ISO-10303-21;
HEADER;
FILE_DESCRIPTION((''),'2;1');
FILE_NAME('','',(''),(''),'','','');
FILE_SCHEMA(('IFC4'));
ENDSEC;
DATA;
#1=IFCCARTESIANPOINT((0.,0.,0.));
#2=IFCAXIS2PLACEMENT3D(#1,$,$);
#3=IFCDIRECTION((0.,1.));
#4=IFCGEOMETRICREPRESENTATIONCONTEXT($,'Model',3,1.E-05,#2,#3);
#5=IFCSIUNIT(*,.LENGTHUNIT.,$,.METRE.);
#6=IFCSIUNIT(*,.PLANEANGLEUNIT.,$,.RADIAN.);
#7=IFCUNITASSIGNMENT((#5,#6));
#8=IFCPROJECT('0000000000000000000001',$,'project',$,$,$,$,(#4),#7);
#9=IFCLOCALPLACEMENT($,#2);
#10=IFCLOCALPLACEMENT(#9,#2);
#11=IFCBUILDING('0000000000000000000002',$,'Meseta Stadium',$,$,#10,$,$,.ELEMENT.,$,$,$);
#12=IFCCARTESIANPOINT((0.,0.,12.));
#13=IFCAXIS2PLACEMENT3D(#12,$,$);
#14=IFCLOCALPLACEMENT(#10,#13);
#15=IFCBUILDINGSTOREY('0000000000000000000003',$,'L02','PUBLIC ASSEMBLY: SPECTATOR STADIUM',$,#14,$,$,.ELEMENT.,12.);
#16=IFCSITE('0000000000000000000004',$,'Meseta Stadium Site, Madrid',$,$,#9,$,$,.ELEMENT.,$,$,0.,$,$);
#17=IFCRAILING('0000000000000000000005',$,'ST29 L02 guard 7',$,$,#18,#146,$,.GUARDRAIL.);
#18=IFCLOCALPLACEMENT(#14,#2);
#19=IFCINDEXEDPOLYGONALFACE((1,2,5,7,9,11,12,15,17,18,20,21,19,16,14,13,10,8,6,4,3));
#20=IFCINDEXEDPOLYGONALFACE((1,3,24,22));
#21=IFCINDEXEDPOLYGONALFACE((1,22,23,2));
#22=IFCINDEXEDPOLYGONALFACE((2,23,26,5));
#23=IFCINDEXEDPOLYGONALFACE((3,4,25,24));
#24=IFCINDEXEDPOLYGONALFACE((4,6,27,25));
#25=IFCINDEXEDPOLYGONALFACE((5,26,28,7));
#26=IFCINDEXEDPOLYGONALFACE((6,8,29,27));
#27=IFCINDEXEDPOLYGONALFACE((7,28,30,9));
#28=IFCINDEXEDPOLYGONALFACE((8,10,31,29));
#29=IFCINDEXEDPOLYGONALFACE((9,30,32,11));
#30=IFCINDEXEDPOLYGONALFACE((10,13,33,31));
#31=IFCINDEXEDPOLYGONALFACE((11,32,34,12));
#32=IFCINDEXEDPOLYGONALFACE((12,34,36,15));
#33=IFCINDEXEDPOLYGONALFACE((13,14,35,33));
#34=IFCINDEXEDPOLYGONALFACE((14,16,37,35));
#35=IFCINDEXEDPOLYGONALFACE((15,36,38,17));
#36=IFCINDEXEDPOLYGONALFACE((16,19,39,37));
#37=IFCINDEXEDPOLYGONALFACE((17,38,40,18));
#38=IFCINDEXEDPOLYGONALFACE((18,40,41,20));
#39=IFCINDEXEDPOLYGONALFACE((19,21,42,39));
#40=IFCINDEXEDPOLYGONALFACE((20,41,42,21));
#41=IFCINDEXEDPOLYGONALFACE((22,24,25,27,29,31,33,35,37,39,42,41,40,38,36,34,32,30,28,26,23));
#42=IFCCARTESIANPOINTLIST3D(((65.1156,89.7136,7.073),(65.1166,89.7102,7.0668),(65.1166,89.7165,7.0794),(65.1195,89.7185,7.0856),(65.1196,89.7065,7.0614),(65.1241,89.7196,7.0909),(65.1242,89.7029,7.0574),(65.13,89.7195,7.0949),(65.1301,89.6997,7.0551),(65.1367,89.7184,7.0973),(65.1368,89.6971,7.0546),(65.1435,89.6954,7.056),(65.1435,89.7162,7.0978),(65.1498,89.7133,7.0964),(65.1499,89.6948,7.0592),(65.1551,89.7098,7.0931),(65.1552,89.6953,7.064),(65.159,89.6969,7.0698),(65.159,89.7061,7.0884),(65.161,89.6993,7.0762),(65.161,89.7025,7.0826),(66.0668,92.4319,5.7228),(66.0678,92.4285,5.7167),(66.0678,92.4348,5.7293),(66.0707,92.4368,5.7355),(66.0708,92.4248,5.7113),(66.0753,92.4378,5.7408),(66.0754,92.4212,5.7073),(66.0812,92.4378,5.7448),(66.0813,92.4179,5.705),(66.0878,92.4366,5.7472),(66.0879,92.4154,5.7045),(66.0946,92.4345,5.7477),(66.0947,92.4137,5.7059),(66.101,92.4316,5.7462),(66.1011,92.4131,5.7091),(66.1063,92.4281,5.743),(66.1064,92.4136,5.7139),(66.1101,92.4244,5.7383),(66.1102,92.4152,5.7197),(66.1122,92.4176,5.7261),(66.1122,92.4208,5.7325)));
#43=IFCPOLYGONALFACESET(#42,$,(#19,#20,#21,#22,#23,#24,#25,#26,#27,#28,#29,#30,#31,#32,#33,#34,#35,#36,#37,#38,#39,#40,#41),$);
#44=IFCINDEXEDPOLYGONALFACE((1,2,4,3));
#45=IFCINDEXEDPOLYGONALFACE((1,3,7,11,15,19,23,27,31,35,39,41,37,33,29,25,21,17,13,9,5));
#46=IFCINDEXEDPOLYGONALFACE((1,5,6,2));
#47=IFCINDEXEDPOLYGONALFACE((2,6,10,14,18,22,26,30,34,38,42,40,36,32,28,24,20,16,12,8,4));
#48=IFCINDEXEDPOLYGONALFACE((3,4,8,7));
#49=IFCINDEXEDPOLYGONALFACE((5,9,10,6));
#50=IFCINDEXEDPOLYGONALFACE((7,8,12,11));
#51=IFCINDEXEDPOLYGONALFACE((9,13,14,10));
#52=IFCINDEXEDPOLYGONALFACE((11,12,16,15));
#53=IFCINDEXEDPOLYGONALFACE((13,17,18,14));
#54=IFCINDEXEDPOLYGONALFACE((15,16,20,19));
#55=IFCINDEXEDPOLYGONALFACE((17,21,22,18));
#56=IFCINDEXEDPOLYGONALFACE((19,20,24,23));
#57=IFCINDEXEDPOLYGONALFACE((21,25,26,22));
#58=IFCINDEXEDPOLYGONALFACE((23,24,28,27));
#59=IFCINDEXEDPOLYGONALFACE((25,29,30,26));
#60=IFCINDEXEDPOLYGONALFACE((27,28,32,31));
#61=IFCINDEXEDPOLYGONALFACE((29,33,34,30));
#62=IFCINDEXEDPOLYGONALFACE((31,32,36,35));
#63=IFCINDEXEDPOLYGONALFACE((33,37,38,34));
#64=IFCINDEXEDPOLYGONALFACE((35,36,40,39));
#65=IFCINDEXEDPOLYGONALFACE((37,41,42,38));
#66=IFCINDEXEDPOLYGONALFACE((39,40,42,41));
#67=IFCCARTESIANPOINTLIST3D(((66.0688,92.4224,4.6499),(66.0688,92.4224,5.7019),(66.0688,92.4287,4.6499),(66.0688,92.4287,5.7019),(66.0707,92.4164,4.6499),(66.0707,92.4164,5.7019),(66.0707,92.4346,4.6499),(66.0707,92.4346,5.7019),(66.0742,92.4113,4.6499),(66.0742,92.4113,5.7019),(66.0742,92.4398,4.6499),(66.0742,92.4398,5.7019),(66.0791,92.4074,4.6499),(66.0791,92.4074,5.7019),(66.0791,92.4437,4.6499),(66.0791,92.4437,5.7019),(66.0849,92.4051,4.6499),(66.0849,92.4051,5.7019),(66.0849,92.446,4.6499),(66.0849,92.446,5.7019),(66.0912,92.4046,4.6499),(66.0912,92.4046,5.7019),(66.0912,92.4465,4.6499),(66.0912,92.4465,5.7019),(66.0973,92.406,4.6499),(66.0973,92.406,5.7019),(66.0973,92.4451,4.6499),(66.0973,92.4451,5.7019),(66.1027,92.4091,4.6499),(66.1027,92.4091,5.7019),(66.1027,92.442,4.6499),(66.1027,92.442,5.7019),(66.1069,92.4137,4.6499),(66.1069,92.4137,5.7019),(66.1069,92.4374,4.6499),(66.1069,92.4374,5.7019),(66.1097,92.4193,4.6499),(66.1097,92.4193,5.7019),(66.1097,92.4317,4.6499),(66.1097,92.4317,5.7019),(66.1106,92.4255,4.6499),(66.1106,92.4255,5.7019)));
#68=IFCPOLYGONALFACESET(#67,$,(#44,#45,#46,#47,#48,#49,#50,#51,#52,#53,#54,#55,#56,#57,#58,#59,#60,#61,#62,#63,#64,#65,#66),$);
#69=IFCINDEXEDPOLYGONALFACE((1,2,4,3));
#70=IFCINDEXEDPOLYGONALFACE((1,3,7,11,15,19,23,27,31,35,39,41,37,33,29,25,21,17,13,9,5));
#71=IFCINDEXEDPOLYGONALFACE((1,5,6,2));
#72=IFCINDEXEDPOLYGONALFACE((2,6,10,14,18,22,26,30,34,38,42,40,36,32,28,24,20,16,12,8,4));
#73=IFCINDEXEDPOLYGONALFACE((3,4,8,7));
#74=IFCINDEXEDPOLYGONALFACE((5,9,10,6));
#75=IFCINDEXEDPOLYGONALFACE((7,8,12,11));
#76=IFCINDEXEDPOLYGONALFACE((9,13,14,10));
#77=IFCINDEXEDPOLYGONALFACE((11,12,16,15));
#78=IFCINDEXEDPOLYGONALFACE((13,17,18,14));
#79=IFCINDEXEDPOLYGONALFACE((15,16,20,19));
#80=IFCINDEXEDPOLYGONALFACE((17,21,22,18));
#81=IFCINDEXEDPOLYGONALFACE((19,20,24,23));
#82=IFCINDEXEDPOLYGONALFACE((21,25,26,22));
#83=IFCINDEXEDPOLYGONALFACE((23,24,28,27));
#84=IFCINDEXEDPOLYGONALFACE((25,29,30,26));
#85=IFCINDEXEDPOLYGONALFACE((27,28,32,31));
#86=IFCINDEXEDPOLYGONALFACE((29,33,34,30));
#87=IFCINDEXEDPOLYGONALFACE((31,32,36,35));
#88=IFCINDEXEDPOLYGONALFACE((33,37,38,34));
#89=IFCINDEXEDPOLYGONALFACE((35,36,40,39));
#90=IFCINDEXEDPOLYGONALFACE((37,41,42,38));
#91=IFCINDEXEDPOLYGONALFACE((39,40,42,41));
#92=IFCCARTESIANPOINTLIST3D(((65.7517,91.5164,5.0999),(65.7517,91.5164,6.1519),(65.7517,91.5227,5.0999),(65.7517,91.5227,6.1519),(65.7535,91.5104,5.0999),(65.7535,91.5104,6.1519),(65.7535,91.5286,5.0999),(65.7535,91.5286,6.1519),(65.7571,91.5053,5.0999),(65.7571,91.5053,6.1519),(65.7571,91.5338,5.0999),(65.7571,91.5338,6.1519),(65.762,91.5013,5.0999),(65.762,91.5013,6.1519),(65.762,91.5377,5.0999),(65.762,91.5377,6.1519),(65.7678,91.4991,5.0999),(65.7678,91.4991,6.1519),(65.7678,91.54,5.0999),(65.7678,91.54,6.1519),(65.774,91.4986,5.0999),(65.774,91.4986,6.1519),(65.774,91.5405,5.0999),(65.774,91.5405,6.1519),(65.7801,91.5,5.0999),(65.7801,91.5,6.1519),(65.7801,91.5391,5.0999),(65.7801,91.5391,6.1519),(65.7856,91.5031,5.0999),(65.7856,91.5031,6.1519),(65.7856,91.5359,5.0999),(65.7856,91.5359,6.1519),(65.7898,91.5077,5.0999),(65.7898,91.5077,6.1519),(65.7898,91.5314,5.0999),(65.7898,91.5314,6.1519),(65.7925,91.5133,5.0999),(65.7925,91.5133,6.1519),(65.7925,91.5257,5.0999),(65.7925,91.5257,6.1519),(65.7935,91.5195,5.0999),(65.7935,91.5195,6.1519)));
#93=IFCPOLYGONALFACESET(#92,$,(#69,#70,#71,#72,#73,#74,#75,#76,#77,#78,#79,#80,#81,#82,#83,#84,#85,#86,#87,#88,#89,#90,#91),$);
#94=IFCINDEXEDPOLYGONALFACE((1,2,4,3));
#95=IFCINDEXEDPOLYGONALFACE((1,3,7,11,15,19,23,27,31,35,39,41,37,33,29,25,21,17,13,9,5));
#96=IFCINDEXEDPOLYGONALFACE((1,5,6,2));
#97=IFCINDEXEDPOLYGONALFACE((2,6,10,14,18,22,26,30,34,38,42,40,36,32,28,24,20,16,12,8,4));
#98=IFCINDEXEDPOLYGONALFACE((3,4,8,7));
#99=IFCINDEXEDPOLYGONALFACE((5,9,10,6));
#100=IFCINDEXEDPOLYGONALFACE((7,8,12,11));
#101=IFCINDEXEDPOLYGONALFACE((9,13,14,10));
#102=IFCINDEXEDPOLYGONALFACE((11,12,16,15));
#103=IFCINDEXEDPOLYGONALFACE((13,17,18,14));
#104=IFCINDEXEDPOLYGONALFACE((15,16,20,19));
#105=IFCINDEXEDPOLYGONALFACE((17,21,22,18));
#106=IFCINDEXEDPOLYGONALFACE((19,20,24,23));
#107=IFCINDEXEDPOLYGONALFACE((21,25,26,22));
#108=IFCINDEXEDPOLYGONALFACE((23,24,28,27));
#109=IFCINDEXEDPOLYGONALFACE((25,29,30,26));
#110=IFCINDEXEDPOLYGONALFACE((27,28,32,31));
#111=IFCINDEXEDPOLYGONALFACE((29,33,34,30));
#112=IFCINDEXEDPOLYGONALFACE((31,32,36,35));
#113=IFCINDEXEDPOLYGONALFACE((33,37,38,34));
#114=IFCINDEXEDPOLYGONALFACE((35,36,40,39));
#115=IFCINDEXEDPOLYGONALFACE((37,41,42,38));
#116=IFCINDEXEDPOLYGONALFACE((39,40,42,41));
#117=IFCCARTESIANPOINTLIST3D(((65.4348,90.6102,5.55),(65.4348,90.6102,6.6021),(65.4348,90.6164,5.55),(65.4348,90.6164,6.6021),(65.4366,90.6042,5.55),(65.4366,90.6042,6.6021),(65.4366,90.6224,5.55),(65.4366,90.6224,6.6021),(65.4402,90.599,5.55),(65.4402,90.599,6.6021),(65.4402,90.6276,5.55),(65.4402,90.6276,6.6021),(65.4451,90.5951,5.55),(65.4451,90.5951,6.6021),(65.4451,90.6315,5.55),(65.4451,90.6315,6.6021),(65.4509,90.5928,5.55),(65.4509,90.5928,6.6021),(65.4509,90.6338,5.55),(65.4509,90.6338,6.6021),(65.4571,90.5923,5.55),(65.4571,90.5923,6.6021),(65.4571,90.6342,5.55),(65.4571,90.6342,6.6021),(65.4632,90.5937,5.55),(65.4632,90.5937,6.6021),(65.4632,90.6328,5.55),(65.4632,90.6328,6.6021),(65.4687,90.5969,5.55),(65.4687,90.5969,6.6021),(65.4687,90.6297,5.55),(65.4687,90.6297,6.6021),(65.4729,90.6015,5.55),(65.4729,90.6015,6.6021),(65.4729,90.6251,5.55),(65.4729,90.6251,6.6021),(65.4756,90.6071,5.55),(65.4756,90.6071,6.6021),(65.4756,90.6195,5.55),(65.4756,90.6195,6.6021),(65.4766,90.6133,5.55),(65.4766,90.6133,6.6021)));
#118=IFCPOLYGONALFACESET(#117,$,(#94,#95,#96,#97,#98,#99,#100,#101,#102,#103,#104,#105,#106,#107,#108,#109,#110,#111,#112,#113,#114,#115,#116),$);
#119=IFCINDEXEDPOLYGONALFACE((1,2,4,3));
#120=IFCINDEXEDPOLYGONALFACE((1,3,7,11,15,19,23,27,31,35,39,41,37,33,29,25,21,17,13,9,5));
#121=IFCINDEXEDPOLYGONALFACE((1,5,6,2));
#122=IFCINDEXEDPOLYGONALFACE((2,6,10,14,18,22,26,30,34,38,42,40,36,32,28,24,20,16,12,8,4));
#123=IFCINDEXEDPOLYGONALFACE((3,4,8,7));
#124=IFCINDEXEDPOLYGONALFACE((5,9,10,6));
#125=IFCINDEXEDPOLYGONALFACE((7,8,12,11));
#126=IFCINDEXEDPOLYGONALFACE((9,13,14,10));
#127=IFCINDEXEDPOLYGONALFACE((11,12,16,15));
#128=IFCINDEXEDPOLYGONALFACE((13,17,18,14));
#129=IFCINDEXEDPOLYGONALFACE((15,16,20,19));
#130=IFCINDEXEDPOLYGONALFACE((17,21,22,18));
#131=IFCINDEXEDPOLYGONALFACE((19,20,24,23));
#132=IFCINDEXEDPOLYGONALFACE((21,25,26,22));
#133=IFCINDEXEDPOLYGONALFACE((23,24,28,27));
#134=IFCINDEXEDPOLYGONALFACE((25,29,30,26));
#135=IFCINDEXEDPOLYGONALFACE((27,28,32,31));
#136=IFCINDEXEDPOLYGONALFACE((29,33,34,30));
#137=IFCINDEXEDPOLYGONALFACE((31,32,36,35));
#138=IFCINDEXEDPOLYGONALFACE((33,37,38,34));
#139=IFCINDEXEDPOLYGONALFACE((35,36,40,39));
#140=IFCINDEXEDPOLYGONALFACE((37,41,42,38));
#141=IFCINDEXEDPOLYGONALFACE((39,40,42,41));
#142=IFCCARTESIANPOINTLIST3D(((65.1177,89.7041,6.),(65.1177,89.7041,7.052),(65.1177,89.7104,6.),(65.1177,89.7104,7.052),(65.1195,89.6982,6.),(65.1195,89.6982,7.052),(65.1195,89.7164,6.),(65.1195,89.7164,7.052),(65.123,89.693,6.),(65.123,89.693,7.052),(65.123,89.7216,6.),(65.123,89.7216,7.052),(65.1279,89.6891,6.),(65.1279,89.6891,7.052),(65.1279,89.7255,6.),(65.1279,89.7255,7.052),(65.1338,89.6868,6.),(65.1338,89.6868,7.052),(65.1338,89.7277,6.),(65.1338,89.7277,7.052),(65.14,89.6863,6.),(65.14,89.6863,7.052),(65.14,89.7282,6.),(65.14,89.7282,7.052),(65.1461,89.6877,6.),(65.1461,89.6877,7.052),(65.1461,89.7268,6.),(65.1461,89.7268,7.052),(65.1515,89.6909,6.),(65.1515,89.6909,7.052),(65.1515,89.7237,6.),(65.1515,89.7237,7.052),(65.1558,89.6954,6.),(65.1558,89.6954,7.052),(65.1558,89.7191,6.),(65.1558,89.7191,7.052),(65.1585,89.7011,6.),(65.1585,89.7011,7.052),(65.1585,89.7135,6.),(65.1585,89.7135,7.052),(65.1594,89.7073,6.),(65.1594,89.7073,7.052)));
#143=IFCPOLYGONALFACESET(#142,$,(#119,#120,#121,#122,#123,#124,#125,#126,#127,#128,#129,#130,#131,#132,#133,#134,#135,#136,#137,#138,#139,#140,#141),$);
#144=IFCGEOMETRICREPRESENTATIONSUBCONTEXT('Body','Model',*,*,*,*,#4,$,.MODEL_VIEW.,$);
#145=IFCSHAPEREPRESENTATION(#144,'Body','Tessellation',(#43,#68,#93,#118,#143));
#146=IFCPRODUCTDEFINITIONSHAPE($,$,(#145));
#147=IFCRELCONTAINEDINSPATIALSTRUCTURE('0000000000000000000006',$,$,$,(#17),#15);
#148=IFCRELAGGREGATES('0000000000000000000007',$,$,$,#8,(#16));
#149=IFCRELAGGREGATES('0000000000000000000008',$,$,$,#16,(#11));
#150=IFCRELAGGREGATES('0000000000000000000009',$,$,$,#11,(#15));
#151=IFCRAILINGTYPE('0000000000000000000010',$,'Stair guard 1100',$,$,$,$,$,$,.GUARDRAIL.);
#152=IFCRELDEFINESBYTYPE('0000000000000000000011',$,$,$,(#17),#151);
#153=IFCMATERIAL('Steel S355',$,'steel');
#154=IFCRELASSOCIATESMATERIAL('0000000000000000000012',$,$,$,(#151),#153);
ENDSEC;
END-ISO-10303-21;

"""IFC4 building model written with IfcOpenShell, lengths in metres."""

from ifc_helpers import new_model, si_unit, direction, frame, origin, origin_2d, place, context, subcontext, project, spatial, circle, extrude, material, type_object, element, save


model = new_model("IFC4")

# Units and contexts
model_context = context("Model", 3, precision=1e-05, world=origin(), true_north=direction((0.0, 1.0)))
body_context = subcontext(model_context, "Body", "Model", "MODEL_VIEW")
ifc_project = project(units=[si_unit("LENGTHUNIT", "METRE"), si_unit("PLANEANGLEUNIT", "RADIAN")], contexts=[model_context])

# Site, building, storey
site_placement = place(None, origin())
site = spatial("IfcSite", under=ifc_project, at=site_placement, Name="Meseta Stadium Site, Madrid", CompositionType="ELEMENT", RefElevation=0.0)
building_placement = place(site_placement, origin())
building = spatial("IfcBuilding", under=site, at=building_placement, Name="Meseta Stadium", CompositionType="ELEMENT")
storey_placement = place(building_placement, frame((0.0, 0.0, 12.0)))
storey = spatial("IfcBuildingStorey", under=building, at=storey_placement, Name="L02", Description="PUBLIC ASSEMBLY: SPECTATOR STADIUM", CompositionType="ELEMENT", Elevation=12.0)

# Railing
ifc_material_1 = material(Name="Steel S355", Category="steel")
railing_type_1 = type_object("IfcRailingType", Name="Stair guard 1100", PredefinedType="GUARDRAIL", material=ifc_material_1)
railing_1_placement = place(storey_placement, frame((66.0896, 92.4255, 4.6499)))
element("IfcRailing", 1, at=railing_1_placement, inside=storey, type_object=railing_type_1, Name="ST29 L02 guard 7", PredefinedType="GUARDRAIL", context=body_context, shape_type="SweptSolid", body=[
    extrude(circle(Radius=0.0239, at=origin_2d()), frame((0.0, 0.0, 1.0762), z_axis=(-0.299051, -0.854629, 0.424474), x_axis=(0.943882, -0.330282, 0.0)), (0.0, 0.0, 1.0), 3.1807),
    extrude(circle(Radius=0.021, at=origin_2d()), origin(), (0.0, 0.0, 1.0), 1.052),
    extrude(circle(Radius=0.021, at=origin_2d()), frame((-0.3171, -0.906, 0.45)), (0.0, 0.0, 1.0), 1.052),
    extrude(circle(Radius=0.021, at=origin_2d()), frame((-0.634, -1.8123, 0.9001)), (0.0, 0.0, 1.0), 1.052),
    extrude(circle(Radius=0.021, at=origin_2d()), frame((-0.9512, -2.7183, 1.3501)), (0.0, 0.0, 1.0), 1.052),
])

save(model, "model.ifc")
